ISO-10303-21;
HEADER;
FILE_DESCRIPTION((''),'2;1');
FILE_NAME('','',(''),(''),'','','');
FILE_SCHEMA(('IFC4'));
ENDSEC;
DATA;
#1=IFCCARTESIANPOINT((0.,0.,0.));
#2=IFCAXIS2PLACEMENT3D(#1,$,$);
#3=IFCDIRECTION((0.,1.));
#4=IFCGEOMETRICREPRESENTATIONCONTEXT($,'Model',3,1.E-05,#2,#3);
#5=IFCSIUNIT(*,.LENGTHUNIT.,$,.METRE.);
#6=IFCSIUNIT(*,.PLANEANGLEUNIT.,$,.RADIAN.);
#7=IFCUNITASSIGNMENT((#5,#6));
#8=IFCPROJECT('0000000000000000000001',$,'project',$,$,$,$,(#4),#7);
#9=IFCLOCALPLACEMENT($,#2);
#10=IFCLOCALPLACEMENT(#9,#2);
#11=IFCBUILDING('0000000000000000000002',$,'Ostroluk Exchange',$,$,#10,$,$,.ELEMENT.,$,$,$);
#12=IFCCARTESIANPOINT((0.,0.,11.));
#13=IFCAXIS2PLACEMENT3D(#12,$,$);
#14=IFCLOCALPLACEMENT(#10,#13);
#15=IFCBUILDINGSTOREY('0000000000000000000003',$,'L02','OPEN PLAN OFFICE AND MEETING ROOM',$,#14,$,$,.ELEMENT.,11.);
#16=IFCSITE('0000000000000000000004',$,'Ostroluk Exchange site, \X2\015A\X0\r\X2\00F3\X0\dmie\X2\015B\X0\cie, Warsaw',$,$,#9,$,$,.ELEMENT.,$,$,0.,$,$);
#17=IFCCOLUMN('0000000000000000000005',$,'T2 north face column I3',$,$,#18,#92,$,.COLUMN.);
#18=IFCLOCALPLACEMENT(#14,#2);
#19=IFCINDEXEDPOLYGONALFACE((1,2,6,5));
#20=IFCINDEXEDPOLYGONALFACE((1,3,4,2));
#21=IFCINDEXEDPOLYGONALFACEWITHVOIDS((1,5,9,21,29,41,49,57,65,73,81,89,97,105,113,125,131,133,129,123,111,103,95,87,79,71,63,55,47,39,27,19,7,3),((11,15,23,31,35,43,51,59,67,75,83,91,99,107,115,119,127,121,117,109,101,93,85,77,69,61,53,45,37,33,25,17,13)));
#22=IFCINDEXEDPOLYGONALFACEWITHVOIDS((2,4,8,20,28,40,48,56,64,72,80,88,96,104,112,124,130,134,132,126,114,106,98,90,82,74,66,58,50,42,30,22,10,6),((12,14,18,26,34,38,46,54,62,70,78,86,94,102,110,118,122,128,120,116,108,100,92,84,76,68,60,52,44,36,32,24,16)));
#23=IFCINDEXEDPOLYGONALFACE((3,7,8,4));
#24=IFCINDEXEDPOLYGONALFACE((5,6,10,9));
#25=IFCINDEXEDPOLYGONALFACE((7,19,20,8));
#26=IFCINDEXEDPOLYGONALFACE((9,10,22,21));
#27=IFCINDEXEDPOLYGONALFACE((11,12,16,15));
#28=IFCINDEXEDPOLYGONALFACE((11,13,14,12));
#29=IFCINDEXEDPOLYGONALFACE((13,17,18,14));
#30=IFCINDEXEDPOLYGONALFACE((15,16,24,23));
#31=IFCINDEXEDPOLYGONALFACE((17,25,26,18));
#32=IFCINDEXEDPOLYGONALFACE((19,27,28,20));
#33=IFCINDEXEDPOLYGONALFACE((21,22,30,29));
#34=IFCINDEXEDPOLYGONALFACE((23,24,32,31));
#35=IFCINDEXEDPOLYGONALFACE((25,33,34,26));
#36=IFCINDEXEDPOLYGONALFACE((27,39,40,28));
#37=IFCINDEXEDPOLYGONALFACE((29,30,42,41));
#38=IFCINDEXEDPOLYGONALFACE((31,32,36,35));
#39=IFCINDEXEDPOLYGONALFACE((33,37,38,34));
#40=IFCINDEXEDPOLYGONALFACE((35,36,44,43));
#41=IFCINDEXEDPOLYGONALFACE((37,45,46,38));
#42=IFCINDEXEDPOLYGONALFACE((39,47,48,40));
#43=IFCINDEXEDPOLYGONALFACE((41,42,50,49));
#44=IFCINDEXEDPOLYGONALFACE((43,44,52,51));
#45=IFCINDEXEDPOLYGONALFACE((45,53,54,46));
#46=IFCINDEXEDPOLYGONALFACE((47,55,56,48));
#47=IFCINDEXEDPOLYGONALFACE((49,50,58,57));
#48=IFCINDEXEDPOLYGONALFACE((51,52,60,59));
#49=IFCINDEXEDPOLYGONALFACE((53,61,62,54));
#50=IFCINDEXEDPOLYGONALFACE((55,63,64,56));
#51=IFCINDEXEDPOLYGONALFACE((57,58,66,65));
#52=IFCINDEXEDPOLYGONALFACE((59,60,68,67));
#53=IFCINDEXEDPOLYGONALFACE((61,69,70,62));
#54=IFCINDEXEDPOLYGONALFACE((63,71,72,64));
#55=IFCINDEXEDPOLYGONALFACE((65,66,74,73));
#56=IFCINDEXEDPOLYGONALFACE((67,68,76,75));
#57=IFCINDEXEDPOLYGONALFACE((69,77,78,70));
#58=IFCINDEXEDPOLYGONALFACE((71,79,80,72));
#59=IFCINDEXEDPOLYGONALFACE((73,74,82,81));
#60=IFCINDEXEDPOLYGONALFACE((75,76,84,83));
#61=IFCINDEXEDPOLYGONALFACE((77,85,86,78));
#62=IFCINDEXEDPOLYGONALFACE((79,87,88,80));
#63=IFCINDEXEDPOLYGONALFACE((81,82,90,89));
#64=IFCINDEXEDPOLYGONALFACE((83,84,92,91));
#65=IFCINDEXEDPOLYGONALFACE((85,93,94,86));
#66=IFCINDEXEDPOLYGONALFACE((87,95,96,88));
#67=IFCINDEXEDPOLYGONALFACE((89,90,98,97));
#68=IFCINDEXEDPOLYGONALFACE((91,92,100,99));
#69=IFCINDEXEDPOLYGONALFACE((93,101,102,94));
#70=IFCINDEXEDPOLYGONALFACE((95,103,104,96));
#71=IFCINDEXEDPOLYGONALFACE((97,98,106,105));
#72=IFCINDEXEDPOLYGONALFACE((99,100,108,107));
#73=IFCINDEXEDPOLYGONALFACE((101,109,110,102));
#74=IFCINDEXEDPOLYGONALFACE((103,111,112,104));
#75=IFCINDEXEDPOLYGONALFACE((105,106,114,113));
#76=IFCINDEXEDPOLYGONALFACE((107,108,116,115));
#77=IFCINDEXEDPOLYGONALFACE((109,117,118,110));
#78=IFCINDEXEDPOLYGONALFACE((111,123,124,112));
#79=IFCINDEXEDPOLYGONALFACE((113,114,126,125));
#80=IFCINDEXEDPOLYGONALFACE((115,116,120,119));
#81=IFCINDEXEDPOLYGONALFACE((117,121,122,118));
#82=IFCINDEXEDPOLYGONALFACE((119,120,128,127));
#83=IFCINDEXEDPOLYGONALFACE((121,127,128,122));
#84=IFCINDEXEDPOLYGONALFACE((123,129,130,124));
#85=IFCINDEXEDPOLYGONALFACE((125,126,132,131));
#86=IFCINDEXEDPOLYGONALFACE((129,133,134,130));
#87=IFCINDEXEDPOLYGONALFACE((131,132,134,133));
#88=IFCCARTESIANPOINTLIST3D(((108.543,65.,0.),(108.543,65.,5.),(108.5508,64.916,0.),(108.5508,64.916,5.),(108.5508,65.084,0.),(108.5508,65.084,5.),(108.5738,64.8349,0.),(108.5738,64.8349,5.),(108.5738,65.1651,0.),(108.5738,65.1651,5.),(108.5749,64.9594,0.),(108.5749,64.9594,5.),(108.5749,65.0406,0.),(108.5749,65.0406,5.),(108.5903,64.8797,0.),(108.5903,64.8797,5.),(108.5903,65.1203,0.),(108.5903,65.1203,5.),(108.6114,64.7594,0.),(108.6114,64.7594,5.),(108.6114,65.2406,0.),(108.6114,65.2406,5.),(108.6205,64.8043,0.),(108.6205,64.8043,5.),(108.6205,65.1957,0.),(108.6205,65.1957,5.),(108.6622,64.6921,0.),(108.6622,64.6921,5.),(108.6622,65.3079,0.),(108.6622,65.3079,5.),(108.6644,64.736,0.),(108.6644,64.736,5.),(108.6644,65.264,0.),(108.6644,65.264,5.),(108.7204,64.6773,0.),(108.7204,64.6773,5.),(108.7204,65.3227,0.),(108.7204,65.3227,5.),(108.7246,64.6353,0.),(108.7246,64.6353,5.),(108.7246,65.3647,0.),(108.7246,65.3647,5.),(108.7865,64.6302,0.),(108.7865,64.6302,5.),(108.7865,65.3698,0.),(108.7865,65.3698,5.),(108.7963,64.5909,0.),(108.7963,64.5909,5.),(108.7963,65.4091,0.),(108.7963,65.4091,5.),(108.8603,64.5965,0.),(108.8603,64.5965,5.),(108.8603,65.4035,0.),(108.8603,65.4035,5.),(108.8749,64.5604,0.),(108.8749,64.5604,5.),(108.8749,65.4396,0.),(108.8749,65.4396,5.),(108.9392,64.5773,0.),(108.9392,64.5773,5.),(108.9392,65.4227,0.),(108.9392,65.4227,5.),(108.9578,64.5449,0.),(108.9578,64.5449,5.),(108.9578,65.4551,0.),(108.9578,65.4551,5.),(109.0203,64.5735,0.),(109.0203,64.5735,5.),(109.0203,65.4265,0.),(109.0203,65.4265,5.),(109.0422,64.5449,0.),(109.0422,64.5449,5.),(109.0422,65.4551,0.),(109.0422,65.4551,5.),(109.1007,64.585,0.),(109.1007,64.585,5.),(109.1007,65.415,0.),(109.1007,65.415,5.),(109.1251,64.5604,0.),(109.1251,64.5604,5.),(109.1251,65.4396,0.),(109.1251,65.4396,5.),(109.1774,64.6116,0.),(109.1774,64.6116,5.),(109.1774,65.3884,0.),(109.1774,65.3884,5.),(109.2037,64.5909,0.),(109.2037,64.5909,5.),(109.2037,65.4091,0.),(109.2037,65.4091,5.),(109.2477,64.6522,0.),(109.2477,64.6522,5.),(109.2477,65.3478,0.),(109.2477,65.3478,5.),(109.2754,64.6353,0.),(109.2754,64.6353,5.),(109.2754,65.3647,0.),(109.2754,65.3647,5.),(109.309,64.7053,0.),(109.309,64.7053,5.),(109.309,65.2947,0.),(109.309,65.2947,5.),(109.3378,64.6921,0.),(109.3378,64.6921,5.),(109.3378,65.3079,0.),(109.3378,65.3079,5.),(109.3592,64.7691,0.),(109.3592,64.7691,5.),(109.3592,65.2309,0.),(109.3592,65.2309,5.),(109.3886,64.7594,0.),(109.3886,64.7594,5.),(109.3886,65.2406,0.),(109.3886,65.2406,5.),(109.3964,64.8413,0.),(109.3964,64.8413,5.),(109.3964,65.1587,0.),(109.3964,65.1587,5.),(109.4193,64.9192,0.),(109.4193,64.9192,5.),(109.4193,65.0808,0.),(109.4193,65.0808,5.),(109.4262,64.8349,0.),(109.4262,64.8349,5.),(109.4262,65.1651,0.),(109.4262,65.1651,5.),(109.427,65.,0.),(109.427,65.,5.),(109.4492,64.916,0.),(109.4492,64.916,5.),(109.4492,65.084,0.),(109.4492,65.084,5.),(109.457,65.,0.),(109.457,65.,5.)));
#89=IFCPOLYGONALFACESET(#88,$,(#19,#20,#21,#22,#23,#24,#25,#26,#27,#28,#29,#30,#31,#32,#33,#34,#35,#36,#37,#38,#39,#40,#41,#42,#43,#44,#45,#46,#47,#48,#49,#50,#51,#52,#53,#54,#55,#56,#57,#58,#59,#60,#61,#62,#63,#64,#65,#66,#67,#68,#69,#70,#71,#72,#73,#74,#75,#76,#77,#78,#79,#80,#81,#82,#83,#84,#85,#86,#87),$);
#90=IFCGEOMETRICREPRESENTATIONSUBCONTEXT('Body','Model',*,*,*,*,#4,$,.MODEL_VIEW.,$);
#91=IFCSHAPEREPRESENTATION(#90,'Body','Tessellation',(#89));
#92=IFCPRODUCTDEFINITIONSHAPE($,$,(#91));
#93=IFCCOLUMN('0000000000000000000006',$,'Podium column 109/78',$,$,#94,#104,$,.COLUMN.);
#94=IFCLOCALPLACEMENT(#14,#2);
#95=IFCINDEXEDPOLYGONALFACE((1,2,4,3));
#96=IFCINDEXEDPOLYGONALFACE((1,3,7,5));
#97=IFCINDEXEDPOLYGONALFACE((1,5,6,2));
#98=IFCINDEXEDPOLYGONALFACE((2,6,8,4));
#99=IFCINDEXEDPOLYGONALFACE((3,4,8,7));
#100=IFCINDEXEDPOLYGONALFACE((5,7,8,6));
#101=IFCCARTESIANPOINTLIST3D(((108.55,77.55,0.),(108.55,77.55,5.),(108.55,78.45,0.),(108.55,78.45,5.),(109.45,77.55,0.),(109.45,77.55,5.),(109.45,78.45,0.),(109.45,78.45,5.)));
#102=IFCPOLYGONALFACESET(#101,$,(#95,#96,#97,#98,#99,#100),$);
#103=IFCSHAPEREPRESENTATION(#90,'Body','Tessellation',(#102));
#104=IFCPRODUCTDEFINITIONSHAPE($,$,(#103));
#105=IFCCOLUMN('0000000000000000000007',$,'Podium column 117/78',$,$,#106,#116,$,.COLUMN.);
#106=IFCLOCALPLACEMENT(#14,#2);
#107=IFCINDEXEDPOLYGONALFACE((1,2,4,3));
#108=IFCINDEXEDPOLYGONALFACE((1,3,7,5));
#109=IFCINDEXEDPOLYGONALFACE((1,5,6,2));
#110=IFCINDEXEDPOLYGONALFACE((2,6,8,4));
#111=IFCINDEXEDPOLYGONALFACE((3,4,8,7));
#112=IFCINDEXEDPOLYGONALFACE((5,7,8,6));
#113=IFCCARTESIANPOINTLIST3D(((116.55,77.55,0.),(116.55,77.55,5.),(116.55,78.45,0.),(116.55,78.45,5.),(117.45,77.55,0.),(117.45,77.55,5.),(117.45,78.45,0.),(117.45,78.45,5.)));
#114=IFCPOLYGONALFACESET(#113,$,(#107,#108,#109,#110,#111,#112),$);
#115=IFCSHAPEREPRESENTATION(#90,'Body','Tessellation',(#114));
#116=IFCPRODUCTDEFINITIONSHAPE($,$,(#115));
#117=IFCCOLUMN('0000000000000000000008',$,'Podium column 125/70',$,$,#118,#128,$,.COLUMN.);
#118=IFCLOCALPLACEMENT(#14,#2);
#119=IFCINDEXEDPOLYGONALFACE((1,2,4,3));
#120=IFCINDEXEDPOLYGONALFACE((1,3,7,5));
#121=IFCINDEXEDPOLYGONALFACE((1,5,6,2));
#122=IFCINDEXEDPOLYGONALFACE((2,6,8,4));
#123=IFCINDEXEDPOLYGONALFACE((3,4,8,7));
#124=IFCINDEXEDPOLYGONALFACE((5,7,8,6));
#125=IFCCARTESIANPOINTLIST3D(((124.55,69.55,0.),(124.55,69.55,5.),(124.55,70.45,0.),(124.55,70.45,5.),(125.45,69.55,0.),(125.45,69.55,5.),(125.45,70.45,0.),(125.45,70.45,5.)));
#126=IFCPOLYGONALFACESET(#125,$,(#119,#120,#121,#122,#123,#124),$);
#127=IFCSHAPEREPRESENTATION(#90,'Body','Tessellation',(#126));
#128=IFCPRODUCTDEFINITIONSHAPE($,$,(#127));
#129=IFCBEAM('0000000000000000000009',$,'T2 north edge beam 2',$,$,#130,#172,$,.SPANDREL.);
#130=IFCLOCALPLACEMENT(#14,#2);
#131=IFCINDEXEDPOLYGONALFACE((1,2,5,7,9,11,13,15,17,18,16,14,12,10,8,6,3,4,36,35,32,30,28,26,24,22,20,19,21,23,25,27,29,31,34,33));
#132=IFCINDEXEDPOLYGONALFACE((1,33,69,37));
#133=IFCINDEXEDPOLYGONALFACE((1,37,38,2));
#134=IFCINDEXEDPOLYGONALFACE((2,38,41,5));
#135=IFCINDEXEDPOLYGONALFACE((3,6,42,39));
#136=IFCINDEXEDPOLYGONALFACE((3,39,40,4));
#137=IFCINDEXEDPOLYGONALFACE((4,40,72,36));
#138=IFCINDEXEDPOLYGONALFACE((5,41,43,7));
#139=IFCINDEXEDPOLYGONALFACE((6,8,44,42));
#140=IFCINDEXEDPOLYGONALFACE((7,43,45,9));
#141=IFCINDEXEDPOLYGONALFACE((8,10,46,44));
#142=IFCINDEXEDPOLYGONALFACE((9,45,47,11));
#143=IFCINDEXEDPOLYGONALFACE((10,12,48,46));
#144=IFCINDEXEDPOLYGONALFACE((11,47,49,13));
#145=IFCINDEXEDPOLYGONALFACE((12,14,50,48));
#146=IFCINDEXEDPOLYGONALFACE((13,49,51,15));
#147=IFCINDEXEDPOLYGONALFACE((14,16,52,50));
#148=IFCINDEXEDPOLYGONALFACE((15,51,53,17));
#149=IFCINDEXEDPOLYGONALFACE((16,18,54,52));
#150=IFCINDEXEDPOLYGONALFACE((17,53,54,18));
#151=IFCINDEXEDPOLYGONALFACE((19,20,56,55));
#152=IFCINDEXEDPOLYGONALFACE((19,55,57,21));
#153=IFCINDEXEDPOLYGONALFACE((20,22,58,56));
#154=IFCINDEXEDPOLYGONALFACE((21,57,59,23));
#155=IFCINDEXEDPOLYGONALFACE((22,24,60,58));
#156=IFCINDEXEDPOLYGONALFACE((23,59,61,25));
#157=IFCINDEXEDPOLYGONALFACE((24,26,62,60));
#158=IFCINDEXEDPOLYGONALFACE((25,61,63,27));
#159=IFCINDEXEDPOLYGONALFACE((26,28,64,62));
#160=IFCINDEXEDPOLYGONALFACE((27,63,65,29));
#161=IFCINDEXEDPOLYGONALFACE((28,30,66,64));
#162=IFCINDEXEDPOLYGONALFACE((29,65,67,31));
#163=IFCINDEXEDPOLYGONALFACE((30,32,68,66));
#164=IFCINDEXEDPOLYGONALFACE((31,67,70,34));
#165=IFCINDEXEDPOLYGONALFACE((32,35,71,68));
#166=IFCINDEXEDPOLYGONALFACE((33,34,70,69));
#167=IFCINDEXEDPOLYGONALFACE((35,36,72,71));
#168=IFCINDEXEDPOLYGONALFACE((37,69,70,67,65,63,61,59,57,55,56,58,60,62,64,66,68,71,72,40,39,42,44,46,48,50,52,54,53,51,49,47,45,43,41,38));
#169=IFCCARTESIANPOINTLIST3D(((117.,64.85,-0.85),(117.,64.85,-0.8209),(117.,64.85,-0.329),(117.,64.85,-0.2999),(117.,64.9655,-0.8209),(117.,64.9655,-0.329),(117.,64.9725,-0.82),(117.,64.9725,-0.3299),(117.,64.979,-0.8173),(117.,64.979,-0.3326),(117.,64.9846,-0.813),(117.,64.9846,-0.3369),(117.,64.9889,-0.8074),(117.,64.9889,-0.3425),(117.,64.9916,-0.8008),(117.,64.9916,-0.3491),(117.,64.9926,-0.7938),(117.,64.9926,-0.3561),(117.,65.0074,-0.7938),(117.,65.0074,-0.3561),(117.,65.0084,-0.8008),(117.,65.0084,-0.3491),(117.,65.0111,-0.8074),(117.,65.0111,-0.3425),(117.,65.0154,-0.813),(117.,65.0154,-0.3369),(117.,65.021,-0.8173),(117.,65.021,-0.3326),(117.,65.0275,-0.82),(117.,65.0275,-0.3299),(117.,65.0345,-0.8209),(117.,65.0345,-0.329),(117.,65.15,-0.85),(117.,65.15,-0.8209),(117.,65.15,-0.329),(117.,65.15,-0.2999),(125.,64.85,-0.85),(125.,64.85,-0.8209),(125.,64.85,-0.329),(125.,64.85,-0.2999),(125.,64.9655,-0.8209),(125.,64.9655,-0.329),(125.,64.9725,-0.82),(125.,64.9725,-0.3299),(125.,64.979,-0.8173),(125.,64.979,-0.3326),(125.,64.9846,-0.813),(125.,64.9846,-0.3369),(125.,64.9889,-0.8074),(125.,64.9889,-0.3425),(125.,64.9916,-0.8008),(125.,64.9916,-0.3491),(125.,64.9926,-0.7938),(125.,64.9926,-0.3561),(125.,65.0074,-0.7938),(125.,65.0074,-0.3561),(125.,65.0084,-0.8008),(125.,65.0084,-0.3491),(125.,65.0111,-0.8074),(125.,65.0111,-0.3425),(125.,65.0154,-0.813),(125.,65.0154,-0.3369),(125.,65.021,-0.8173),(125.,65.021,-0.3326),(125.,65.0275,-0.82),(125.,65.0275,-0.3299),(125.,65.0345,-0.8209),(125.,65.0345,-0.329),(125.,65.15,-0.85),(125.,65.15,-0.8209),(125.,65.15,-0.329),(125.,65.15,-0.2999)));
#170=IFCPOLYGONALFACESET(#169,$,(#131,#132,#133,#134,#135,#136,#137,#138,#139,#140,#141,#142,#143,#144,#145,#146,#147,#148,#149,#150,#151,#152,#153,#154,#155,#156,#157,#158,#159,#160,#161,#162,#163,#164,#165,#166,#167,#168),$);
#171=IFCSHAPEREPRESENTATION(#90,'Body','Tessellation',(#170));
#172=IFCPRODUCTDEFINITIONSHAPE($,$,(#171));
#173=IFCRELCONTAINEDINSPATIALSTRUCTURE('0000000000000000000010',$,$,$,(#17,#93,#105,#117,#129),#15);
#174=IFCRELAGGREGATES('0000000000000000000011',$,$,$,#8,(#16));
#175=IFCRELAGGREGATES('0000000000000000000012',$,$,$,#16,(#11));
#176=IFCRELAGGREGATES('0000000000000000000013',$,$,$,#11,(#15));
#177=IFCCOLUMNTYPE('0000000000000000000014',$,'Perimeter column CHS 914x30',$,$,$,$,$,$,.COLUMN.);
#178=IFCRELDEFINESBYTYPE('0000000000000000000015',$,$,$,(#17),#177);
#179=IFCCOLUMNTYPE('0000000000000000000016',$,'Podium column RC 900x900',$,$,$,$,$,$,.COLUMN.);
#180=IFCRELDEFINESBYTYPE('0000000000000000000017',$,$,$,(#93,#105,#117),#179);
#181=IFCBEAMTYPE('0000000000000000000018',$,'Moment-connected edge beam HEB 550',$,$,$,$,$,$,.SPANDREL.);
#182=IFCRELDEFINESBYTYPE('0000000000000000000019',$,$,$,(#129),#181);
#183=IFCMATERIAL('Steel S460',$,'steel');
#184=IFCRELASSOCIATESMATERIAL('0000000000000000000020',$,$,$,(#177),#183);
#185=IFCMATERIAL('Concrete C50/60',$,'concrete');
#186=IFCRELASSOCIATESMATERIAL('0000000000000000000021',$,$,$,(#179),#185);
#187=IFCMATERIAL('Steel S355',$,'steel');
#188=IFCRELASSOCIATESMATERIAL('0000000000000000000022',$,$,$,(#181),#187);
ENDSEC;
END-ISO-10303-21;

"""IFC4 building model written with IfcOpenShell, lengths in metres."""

from ifc_helpers import new_model, si_unit, direction, frame, origin, origin_2d, place, context, subcontext, project, spatial, rectangle, hollow_circle, i_section, extrude, material, material_profile, profile_set, type_object, element, save


model = new_model("IFC4")

# Units and contexts
model_context = context("Model", 3, precision=1e-05, world=origin(), true_north=direction((0.0, 1.0)))
body_context = subcontext(model_context, "Body", "Model", "MODEL_VIEW")
ifc_project = project(units=[si_unit("LENGTHUNIT", "METRE"), si_unit("PLANEANGLEUNIT", "RADIAN")], contexts=[model_context])

# Site, building, storey
site_placement = place(None, origin())
site = spatial("IfcSite", under=ifc_project, at=site_placement, Name="Ostroluk Exchange site, Śródmieście, Warsaw", CompositionType="ELEMENT", RefElevation=0.0)
building_placement = place(site_placement, origin())
building = spatial("IfcBuilding", under=site, at=building_placement, Name="Ostroluk Exchange", CompositionType="ELEMENT")
storey_placement = place(building_placement, frame((0.0, 0.0, 11.0)))
storey = spatial("IfcBuildingStorey", under=building, at=storey_placement, Name="L02", Description="OPEN PLAN OFFICE AND MEETING ROOM", CompositionType="ELEMENT", Elevation=11.0)

# Columns
ifc_material_1 = material(Name="Steel S460", Category="steel")
ifc_material_profile_1 = material_profile(ifc_material_1, hollow_circle(Radius=0.457, WallThickness=0.03, at=origin_2d()), Name="CHS 914x30")
ifc_profile_set_1 = profile_set([ifc_material_profile_1], Name="Steel S460")
column_type_1 = type_object("IfcColumnType", Name="Perimeter column CHS 914x30", PredefinedType="COLUMN", material=ifc_profile_set_1)
for number, where, z_axis, x_axis, name in (
    (1, (109.0, 65.0, 0.0), (0.0, 0.0, 1.0), (1.0, 0.0, 0.0), "T2 north face column I3"),
):
    element("IfcColumn", number, at=place(storey_placement, frame(where, z_axis=z_axis, x_axis=x_axis)), inside=storey, type_object=column_type_1, Name=name, PredefinedType="COLUMN", context=body_context, shape_type="SweptSolid", body=[
        extrude(hollow_circle(Radius=0.457, WallThickness=0.03, at=origin_2d()), origin(), (0.0, 0.0, 1.0), 5.0),
    ])
ifc_material_2 = material(Name="Concrete C50/60", Category="concrete")
ifc_material_profile_2 = material_profile(ifc_material_2, rectangle(XDim=0.8999, YDim=0.8999, at=origin_2d()), Name="RC 900x900")
ifc_profile_set_2 = profile_set([ifc_material_profile_2], Name="Concrete C50/60")
column_type_2 = type_object("IfcColumnType", Name="Podium column RC 900x900", PredefinedType="COLUMN", material=ifc_profile_set_2)
for number, where, z_axis, x_axis, name in (
    (2, (109.0, 78.0, 0.0), (0.0, 0.0, 1.0), (1.0, 0.0, 0.0), "Podium column 109/78"),
    (3, (117.0, 78.0, 0.0), (0.0, 0.0, 1.0), (1.0, 0.0, 0.0), "Podium column 117/78"),
    (4, (125.0, 70.0, 0.0), (0.0, 0.0, 1.0), (1.0, 0.0, 0.0), "Podium column 125/70"),
):
    element("IfcColumn", number, at=place(storey_placement, frame(where, z_axis=z_axis, x_axis=x_axis)), inside=storey, type_object=column_type_2, Name=name, PredefinedType="COLUMN", context=body_context, shape_type="SweptSolid", body=[
        extrude(rectangle(XDim=0.8999, YDim=0.8999, at=origin_2d()), origin(), (0.0, 0.0, 1.0), 5.0),
    ])

# Beam
ifc_material_3 = material(Name="Steel S355", Category="steel")
ifc_material_profile_3 = material_profile(ifc_material_3, i_section(OverallWidth=0.3, OverallDepth=0.55, WebThickness=0.0149, FlangeThickness=0.0291, FilletRadius=0.0271, at=origin_2d()), Name="HEB 550")
ifc_profile_set_3 = profile_set([ifc_material_profile_3], Name="Steel S355")
beam_type_1 = type_object("IfcBeamType", Name="Moment-connected edge beam HEB 550", PredefinedType="SPANDREL", material=ifc_profile_set_3)
for number, where, z_axis, x_axis, name in (
    (5, (125.0, 65.0, -0.575), (-1.0, 0.0, 0.0), (0.0, -1.0, 0.0), "T2 north edge beam 2"),
):
    element("IfcBeam", number, at=place(storey_placement, frame(where, z_axis=z_axis, x_axis=x_axis)), inside=storey, type_object=beam_type_1, Name=name, PredefinedType="SPANDREL", context=body_context, shape_type="SweptSolid", body=[
        extrude(i_section(OverallWidth=0.3, OverallDepth=0.55, WebThickness=0.0149, FlangeThickness=0.0291, FilletRadius=0.0271, at=origin_2d()), origin(), (0.0, 0.0, 1.0), 8.0),
    ])

save(model, "model.ifc")
